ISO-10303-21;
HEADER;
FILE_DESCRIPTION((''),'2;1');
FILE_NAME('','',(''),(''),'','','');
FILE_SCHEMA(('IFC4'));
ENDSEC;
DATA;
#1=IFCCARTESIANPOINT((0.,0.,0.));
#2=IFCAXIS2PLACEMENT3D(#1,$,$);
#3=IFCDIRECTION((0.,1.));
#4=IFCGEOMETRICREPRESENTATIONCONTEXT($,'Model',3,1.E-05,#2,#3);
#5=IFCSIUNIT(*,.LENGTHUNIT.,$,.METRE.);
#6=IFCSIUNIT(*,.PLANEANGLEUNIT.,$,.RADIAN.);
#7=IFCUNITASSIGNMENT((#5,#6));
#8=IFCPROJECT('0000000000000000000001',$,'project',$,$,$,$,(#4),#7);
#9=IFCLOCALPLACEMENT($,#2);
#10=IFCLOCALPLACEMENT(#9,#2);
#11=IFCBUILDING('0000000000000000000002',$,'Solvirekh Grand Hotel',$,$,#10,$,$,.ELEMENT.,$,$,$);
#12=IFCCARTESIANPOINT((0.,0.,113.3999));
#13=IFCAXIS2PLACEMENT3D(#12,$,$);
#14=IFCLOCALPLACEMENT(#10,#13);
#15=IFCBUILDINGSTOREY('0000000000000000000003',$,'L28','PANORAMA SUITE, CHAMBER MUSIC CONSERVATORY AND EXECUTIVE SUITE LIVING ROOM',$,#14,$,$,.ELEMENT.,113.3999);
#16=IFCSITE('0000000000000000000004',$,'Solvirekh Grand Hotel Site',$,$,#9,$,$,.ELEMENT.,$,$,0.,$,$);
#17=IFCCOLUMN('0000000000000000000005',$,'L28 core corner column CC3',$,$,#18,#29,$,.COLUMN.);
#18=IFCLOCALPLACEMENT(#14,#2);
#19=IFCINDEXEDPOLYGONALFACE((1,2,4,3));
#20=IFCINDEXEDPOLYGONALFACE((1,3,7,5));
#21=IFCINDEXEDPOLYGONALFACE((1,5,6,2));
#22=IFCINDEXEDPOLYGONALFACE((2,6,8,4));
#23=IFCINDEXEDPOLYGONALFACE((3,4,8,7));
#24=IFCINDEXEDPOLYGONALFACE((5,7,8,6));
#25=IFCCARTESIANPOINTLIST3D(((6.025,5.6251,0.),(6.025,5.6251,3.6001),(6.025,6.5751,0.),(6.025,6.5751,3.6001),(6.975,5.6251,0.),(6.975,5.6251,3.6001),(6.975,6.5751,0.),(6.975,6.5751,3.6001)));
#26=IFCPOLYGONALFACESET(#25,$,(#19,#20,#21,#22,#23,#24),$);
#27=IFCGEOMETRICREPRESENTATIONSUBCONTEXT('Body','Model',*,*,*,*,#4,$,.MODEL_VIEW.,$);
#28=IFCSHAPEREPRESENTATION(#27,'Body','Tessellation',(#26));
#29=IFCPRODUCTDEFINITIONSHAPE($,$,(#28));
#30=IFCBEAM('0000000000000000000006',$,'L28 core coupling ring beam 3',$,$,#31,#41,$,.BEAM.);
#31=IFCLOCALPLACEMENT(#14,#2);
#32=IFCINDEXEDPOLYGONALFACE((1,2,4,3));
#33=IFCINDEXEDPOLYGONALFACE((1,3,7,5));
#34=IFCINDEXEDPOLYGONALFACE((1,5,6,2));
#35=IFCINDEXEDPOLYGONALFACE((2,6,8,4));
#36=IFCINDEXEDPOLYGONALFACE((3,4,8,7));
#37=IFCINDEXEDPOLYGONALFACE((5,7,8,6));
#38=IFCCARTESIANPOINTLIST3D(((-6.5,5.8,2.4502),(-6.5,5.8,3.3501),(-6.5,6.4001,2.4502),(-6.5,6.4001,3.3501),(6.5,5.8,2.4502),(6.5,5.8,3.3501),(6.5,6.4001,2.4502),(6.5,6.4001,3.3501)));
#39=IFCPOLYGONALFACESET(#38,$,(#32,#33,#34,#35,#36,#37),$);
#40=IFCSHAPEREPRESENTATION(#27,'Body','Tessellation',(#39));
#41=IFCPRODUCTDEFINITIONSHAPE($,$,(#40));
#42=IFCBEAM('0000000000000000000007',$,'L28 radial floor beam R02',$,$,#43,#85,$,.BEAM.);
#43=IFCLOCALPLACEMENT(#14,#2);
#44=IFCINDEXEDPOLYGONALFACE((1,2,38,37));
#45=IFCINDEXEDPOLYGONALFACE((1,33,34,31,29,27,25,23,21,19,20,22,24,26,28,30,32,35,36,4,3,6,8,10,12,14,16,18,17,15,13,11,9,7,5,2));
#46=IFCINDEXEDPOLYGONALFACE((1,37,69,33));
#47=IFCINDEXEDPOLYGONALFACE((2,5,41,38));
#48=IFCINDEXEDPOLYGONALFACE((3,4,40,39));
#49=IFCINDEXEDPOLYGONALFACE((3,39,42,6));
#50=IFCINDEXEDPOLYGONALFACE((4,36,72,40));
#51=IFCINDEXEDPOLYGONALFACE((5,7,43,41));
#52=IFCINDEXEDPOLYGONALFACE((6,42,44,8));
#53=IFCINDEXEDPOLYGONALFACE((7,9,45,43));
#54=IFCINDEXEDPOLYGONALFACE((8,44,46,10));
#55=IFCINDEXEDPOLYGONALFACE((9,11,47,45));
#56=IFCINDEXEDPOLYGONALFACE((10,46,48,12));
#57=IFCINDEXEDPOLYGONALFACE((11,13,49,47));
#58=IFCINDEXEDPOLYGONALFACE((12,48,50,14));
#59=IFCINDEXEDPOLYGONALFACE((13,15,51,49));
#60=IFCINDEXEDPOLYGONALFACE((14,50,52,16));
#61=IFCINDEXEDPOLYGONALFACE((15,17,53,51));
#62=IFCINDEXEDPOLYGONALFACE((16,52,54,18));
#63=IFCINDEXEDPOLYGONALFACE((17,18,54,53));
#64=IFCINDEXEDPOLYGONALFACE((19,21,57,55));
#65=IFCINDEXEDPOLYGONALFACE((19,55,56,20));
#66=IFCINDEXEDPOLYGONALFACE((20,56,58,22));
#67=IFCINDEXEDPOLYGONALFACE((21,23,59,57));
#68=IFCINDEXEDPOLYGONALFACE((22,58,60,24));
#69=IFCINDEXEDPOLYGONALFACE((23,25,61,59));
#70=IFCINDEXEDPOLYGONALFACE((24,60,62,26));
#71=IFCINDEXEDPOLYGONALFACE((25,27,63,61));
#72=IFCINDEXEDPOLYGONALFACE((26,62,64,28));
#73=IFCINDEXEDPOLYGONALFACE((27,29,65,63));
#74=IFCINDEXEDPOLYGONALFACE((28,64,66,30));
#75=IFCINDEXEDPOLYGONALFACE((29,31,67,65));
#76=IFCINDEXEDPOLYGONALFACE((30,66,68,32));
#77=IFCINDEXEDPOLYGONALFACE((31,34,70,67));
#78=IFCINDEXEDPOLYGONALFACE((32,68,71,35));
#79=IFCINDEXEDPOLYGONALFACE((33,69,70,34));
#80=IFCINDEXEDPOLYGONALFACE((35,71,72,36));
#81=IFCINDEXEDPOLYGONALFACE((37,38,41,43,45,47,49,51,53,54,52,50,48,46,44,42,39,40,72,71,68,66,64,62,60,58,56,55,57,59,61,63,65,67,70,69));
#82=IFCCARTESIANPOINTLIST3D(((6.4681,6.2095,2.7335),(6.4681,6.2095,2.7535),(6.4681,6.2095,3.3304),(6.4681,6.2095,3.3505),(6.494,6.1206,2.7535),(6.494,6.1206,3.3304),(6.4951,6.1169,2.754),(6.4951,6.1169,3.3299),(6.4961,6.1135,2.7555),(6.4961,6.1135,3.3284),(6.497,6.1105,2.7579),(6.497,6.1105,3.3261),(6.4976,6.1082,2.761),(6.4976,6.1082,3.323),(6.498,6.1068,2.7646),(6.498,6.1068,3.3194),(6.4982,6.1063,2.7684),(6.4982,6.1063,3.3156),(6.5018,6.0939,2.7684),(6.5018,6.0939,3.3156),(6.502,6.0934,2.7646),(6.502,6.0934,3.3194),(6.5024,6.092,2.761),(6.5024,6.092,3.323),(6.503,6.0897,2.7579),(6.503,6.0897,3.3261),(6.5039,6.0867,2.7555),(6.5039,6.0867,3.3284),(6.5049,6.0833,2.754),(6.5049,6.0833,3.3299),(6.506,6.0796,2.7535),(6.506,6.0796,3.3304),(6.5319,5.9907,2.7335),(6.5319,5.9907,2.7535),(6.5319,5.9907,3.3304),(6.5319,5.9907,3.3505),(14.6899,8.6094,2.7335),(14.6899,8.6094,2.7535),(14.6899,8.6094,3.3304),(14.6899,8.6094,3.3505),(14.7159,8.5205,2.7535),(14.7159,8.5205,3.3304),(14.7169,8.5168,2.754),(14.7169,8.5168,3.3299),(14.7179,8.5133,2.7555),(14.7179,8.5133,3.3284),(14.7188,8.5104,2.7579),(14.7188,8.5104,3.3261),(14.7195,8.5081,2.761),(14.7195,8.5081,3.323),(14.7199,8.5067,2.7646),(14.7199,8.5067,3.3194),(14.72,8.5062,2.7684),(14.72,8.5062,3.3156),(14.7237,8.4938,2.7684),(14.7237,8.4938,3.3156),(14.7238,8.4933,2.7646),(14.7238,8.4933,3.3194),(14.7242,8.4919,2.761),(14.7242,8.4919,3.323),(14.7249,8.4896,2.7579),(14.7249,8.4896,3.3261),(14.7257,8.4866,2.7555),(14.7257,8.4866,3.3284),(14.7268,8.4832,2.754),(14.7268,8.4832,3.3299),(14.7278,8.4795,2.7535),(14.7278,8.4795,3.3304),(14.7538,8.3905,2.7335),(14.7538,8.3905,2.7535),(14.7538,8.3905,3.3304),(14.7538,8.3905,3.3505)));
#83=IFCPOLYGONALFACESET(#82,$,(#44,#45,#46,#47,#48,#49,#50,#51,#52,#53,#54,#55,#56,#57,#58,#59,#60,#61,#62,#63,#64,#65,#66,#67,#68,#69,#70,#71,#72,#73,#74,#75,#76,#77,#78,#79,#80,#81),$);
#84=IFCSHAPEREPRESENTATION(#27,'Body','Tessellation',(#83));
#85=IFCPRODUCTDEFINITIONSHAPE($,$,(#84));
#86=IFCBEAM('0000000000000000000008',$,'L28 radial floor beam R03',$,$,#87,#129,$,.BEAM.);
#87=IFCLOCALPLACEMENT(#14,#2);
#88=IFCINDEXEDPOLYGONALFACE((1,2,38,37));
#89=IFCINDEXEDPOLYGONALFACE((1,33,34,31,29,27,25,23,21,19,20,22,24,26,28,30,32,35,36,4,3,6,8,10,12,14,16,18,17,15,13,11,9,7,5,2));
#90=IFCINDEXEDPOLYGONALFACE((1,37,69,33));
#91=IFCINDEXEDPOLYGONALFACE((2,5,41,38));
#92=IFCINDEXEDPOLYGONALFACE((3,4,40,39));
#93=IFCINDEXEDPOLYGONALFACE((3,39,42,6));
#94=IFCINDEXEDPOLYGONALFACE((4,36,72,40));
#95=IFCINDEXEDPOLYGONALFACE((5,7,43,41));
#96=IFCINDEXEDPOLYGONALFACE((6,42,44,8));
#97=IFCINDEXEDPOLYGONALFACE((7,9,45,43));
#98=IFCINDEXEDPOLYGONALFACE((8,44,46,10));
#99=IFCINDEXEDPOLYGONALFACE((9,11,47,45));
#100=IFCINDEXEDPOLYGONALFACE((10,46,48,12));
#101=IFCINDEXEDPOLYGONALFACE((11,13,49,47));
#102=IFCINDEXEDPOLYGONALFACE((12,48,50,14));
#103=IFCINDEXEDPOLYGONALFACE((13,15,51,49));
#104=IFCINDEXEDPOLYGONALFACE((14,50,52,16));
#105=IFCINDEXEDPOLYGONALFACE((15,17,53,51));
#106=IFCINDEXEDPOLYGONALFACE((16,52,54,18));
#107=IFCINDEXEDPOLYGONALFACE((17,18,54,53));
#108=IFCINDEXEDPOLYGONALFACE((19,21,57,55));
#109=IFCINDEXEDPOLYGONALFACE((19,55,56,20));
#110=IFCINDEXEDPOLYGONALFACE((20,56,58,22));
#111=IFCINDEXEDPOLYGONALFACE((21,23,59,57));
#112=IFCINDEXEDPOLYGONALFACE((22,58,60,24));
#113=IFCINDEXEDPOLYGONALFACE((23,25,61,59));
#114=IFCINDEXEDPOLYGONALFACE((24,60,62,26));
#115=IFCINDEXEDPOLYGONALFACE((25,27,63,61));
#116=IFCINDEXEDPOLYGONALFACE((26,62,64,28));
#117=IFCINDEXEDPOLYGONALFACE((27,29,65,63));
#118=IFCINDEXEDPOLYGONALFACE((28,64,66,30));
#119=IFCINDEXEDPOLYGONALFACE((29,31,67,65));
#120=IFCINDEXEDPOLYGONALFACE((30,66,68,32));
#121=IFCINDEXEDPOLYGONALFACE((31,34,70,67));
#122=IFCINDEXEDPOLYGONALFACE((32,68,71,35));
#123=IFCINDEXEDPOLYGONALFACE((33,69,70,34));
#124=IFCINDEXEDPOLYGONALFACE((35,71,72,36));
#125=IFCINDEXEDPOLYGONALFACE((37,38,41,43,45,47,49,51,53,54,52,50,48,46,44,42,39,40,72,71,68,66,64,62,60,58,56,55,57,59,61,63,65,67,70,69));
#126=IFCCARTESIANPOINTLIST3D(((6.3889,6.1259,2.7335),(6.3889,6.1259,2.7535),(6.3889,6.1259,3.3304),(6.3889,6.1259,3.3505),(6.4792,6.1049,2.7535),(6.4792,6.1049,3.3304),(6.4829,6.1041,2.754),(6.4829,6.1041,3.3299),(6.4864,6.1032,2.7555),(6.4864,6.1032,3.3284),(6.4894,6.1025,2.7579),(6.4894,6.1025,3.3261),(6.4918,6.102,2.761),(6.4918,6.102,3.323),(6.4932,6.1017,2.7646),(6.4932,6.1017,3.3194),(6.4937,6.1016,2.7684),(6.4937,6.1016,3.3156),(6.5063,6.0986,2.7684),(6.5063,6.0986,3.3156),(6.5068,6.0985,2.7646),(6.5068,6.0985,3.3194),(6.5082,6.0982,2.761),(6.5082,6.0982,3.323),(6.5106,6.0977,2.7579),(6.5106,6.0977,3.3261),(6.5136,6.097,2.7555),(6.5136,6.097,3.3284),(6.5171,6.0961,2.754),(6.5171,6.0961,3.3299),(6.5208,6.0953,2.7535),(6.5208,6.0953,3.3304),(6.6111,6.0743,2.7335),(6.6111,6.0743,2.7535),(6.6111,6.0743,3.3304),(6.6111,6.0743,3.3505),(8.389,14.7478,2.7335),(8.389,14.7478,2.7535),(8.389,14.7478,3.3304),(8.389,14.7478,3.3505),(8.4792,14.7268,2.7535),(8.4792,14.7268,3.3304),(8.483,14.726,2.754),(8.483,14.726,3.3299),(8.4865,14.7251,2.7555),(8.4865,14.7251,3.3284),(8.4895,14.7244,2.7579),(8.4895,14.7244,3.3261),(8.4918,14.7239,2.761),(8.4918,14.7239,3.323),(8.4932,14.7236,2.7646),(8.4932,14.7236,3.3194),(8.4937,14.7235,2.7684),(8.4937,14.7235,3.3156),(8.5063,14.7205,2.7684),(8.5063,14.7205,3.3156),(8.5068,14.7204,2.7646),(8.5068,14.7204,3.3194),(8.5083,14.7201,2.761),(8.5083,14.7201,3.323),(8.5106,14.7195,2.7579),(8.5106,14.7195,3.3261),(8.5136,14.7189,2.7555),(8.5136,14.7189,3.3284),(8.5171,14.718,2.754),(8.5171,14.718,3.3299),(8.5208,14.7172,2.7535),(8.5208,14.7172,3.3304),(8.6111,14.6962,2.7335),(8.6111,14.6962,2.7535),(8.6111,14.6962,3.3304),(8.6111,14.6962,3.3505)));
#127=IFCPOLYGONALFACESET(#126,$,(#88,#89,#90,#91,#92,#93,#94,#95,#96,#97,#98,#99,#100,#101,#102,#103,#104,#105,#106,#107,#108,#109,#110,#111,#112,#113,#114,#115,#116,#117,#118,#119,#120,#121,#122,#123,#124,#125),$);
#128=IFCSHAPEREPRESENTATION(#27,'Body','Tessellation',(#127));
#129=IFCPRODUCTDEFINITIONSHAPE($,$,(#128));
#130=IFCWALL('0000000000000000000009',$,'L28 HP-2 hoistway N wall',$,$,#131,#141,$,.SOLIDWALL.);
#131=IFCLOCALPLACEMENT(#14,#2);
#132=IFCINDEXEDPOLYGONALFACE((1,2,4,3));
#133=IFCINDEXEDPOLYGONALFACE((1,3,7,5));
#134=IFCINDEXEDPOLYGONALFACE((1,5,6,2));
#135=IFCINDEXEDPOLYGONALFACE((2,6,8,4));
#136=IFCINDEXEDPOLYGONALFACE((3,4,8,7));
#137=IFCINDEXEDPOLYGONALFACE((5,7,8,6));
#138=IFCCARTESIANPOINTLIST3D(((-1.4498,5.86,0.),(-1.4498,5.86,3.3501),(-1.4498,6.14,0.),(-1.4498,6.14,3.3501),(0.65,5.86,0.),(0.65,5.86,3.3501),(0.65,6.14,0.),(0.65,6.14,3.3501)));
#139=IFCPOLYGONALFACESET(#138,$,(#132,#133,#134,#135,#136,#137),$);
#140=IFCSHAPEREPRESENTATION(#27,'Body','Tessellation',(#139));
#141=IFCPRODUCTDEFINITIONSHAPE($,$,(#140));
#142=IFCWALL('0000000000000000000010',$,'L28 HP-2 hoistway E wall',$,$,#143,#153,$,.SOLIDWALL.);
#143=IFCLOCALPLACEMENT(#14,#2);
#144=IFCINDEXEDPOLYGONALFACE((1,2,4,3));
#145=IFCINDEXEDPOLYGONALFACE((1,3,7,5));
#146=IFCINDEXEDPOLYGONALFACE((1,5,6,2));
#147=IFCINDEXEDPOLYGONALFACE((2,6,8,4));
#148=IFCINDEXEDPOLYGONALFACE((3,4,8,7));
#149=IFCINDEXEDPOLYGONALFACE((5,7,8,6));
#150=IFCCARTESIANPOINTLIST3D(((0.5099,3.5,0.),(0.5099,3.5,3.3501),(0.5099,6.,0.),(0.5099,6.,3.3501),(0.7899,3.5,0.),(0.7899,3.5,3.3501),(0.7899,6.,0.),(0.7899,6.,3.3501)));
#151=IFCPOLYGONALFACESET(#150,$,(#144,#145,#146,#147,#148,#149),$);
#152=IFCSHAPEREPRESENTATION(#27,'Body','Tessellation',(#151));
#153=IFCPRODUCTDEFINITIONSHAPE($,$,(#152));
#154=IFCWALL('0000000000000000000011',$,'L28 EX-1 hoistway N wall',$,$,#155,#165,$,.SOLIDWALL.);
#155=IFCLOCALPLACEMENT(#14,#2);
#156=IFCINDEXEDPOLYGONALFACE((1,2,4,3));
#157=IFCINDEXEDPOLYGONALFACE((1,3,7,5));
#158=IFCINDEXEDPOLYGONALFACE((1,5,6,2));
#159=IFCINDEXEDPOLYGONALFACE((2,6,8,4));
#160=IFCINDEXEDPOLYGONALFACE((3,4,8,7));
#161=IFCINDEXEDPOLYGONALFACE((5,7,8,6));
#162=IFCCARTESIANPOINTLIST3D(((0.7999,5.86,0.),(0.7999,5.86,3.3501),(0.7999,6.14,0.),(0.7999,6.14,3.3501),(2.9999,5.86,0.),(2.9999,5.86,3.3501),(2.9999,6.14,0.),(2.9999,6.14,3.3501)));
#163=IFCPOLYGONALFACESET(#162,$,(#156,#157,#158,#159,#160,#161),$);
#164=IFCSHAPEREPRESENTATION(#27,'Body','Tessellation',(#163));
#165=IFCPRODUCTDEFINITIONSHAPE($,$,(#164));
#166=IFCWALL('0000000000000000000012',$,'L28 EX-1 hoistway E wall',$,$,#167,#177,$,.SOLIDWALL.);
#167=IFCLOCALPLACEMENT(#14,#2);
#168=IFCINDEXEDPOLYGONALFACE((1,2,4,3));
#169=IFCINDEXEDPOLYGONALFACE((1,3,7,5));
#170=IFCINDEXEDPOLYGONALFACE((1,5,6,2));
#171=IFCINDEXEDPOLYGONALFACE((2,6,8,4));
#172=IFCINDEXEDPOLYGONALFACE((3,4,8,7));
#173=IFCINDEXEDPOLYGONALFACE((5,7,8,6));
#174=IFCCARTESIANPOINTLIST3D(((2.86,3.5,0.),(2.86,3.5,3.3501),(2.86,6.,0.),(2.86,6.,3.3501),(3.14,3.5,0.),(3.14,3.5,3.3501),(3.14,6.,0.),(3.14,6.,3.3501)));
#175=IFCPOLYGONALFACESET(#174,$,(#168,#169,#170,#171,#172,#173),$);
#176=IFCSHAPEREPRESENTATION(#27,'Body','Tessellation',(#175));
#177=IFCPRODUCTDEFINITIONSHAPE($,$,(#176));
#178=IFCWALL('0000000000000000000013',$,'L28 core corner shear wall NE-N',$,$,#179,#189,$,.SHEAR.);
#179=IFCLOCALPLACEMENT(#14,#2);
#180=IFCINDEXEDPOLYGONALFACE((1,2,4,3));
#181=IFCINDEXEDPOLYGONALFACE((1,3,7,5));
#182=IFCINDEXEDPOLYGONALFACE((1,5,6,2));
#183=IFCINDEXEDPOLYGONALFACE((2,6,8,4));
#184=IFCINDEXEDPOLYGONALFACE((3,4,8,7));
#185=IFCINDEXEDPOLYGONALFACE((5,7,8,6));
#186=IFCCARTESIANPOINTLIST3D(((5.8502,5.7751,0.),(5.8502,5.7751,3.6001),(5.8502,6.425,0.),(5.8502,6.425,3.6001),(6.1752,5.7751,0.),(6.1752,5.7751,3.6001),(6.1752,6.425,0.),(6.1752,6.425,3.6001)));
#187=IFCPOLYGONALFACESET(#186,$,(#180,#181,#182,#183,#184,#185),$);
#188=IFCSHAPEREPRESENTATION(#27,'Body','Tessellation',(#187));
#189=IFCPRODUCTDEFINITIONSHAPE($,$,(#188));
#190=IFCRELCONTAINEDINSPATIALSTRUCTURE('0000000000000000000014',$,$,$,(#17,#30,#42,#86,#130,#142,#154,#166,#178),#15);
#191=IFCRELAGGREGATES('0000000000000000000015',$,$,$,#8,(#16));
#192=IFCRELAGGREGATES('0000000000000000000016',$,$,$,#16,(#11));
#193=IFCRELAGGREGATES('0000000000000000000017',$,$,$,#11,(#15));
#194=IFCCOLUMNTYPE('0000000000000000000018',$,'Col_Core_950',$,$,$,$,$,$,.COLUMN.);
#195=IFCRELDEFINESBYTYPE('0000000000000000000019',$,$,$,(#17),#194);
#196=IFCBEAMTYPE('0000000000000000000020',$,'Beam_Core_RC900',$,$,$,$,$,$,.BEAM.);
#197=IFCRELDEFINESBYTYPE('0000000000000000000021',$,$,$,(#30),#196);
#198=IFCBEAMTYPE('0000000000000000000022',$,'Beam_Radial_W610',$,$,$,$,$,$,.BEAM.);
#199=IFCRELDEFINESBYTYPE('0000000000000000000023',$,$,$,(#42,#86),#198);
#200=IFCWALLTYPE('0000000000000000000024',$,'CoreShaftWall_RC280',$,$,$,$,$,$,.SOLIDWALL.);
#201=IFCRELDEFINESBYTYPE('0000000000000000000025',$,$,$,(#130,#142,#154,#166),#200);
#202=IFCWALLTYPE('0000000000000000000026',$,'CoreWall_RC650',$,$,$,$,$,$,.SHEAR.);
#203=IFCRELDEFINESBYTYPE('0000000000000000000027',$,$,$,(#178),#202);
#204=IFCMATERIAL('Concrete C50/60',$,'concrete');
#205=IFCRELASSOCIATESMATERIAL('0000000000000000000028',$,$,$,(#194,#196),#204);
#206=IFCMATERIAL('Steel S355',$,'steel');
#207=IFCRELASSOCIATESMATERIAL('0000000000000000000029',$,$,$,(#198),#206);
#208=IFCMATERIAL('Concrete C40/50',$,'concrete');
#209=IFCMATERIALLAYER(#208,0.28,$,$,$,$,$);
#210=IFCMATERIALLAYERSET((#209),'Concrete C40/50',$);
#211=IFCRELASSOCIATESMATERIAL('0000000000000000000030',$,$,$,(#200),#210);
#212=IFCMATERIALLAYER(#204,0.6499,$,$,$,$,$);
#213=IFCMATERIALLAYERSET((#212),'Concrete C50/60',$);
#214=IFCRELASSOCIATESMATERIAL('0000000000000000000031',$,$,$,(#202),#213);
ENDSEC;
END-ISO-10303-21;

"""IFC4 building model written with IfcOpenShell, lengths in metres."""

from ifc_helpers import new_model, si_unit, direction, frame, frame_2d, origin, origin_2d, place, context, subcontext, project, spatial, rectangle, i_section, extrude, material, layer, layer_set, material_profile, profile_set, type_object, element, save


model = new_model("IFC4")

# Units and contexts
model_context = context("Model", 3, precision=1e-05, world=origin(), true_north=direction((0.0, 1.0)))
body_context = subcontext(model_context, "Body", "Model", "MODEL_VIEW")
ifc_project = project(units=[si_unit("LENGTHUNIT", "METRE"), si_unit("PLANEANGLEUNIT", "RADIAN")], contexts=[model_context])

# Site, building, storey
site_placement = place(None, origin())
site = spatial("IfcSite", under=ifc_project, at=site_placement, Name="Solvirekh Grand Hotel Site", CompositionType="ELEMENT", RefElevation=0.0)
building_placement = place(site_placement, origin())
building = spatial("IfcBuilding", under=site, at=building_placement, Name="Solvirekh Grand Hotel", CompositionType="ELEMENT")
storey_placement = place(building_placement, frame((0.0, 0.0, 113.3999)))
storey = spatial("IfcBuildingStorey", under=building, at=storey_placement, Name="L28", Description="PANORAMA SUITE, CHAMBER MUSIC CONSERVATORY AND EXECUTIVE SUITE LIVING ROOM", CompositionType="ELEMENT", Elevation=113.3999)

# Column
ifc_material_1 = material(Name="Concrete C50/60", Category="concrete")
ifc_material_profile_1 = material_profile(ifc_material_1, rectangle(XDim=0.95, YDim=0.95, at=origin_2d()), Name="RC 950X950")
ifc_profile_set_1 = profile_set([ifc_material_profile_1], Name="Concrete C50/60")
column_type = type_object("IfcColumnType", Name="Col_Core_950", PredefinedType="COLUMN", material=ifc_profile_set_1)
column_placement = place(storey_placement, frame((6.5, 6.1001, 0.0), z_axis=(0.0, 0.0, 1.0), x_axis=(1.0, 0.0, 0.0)))
element("IfcColumn", 1, at=column_placement, inside=storey, type_object=column_type, Name="L28 core corner column CC3", PredefinedType="COLUMN", context=body_context, shape_type="SweptSolid", body=[
    extrude(rectangle(XDim=0.95, YDim=0.95, at=origin_2d()), origin(), (0.0, 0.0, 1.0), 3.6001),
])

# Beams
ifc_material_profile_2 = material_profile(ifc_material_1, rectangle(XDim=0.6001, YDim=0.8999, at=origin_2d()), Name="RC BEAM 600X900")
ifc_profile_set_2 = profile_set([ifc_material_profile_2], Name="Concrete C50/60")
beam_type_1 = type_object("IfcBeamType", Name="Beam_Core_RC900", PredefinedType="BEAM", material=ifc_profile_set_2)
beam_1_placement = place(storey_placement, frame((6.5, 6.1001, 2.9001), z_axis=(-1.0, 0.0, 0.0), x_axis=(0.0, -1.0, 0.0)))
element("IfcBeam", 2, at=beam_1_placement, inside=storey, type_object=beam_type_1, Name="L28 core coupling ring beam 3", PredefinedType="BEAM", context=body_context, shape_type="SweptSolid", body=[
    extrude(rectangle(XDim=0.6001, YDim=0.8999, at=origin_2d()), origin(), (0.0, 0.0, 1.0), 13.0),
])
ifc_material_2 = material(Name="Steel S355", Category="steel")
ifc_material_profile_3 = material_profile(ifc_material_2, i_section(OverallWidth=0.228, OverallDepth=0.6169, WebThickness=0.0129, FlangeThickness=0.02, FilletRadius=0.0149, at=origin_2d()), Name="W610X140")
ifc_profile_set_3 = profile_set([ifc_material_profile_3], Name="Steel S355")
beam_type_2 = type_object("IfcBeamType", Name="Beam_Radial_W610", PredefinedType="BEAM", material=ifc_profile_set_3)
beam_2_placement = place(storey_placement, frame((6.5, 6.1001, 3.042), z_axis=(0.959942, 0.280198, 0.0), x_axis=(-0.280198, 0.959942, 0.0)))
element("IfcBeam", 3, at=beam_2_placement, inside=storey, type_object=beam_type_2, Name="L28 radial floor beam R02", PredefinedType="BEAM", context=body_context, shape_type="SweptSolid", body=[
    extrude(i_section(OverallWidth=0.228, OverallDepth=0.6169, WebThickness=0.0129, FlangeThickness=0.02, FilletRadius=0.0149, at=origin_2d()), origin(), (0.0, 0.0, 1.0), 8.5649),
])
beam_3_placement = place(storey_placement, frame((6.5, 6.1001, 3.042), z_axis=(0.225969, 0.974134, 0.0), x_axis=(-0.974134, 0.225969, 0.0)))
element("IfcBeam", 4, at=beam_3_placement, inside=storey, type_object=beam_type_2, Name="L28 radial floor beam R03", PredefinedType="BEAM", context=body_context, shape_type="SweptSolid", body=[
    extrude(i_section(OverallWidth=0.228, OverallDepth=0.6169, WebThickness=0.0129, FlangeThickness=0.02, FilletRadius=0.0149, at=origin_2d()), origin(), (0.0, 0.0, 1.0), 8.8508),
])

# Walls
ifc_material_3 = material(Name="Concrete C40/50", Category="concrete")
ifc_layer_1 = layer(ifc_material_3, 0.28)
ifc_layer_set_1 = layer_set([ifc_layer_1], Name="Concrete C40/50")
wall_type_1 = type_object("IfcWallType", Name="CoreShaftWall_RC280", PredefinedType="SOLIDWALL", material=ifc_layer_set_1)
wall_1_placement = place(storey_placement, frame((0.6499, 6.0, 0.0), z_axis=(0.0, 0.0, 1.0), x_axis=(-1.0, 0.0, 0.0)))
element("IfcWall", 5, at=wall_1_placement, inside=storey, type_object=wall_type_1, Name="L28 HP-2 hoistway N wall", PredefinedType="SOLIDWALL", context=body_context, shape_type="SweptSolid", body=[
    extrude(rectangle(XDim=2.0999, YDim=0.28, at=frame_2d((1.0498, 0.0))), origin(), (0.0, 0.0, 1.0), 3.3501),
])
wall_2_placement = place(storey_placement, frame((0.6499, 3.5, 0.0), z_axis=(0.0, 0.0, 1.0), x_axis=(0.0, 1.0, 0.0)))
element("IfcWall", 6, at=wall_2_placement, inside=storey, type_object=wall_type_1, Name="L28 HP-2 hoistway E wall", PredefinedType="SOLIDWALL", context=body_context, shape_type="SweptSolid", body=[
    extrude(rectangle(XDim=2.5, YDim=0.28, at=frame_2d((1.25, 0.0))), origin(), (0.0, 0.0, 1.0), 3.3501),
])
wall_3_placement = place(storey_placement, frame((3.0, 6.0, 0.0), z_axis=(0.0, 0.0, 1.0), x_axis=(-1.0, 0.0, 0.0)))
element("IfcWall", 7, at=wall_3_placement, inside=storey, type_object=wall_type_1, Name="L28 EX-1 hoistway N wall", PredefinedType="SOLIDWALL", context=body_context, shape_type="SweptSolid", body=[
    extrude(rectangle(XDim=2.2, YDim=0.28, at=frame_2d((1.1001, 0.0))), origin(), (0.0, 0.0, 1.0), 3.3501),
])
wall_4_placement = place(storey_placement, frame((3.0, 3.5, 0.0), z_axis=(0.0, 0.0, 1.0), x_axis=(0.0, 1.0, 0.0)))
element("IfcWall", 8, at=wall_4_placement, inside=storey, type_object=wall_type_1, Name="L28 EX-1 hoistway E wall", PredefinedType="SOLIDWALL", context=body_context, shape_type="SweptSolid", body=[
    extrude(rectangle(XDim=2.5, YDim=0.28, at=frame_2d((1.25, 0.0))), origin(), (0.0, 0.0, 1.0), 3.3501),
])
ifc_layer_2 = layer(ifc_material_1, 0.6499)
ifc_layer_set_2 = layer_set([ifc_layer_2], Name="Concrete C50/60")
wall_type_2 = type_object("IfcWallType", Name="CoreWall_RC650", PredefinedType="SHEAR", material=ifc_layer_set_2)
wall_5_placement = place(storey_placement, frame((5.8501, 6.1001, 0.0), z_axis=(0.0, 0.0, 1.0), x_axis=(1.0, 0.0, 0.0)))
element("IfcWall", 9, at=wall_5_placement, inside=storey, type_object=wall_type_2, Name="L28 core corner shear wall NE-N", PredefinedType="SHEAR", context=body_context, shape_type="SweptSolid", body=[
    extrude(rectangle(XDim=0.325, YDim=0.6499, at=frame_2d((0.1626, 0.0))), origin(), (0.0, 0.0, 1.0), 3.6001),
])

save(model, "model.ifc")
